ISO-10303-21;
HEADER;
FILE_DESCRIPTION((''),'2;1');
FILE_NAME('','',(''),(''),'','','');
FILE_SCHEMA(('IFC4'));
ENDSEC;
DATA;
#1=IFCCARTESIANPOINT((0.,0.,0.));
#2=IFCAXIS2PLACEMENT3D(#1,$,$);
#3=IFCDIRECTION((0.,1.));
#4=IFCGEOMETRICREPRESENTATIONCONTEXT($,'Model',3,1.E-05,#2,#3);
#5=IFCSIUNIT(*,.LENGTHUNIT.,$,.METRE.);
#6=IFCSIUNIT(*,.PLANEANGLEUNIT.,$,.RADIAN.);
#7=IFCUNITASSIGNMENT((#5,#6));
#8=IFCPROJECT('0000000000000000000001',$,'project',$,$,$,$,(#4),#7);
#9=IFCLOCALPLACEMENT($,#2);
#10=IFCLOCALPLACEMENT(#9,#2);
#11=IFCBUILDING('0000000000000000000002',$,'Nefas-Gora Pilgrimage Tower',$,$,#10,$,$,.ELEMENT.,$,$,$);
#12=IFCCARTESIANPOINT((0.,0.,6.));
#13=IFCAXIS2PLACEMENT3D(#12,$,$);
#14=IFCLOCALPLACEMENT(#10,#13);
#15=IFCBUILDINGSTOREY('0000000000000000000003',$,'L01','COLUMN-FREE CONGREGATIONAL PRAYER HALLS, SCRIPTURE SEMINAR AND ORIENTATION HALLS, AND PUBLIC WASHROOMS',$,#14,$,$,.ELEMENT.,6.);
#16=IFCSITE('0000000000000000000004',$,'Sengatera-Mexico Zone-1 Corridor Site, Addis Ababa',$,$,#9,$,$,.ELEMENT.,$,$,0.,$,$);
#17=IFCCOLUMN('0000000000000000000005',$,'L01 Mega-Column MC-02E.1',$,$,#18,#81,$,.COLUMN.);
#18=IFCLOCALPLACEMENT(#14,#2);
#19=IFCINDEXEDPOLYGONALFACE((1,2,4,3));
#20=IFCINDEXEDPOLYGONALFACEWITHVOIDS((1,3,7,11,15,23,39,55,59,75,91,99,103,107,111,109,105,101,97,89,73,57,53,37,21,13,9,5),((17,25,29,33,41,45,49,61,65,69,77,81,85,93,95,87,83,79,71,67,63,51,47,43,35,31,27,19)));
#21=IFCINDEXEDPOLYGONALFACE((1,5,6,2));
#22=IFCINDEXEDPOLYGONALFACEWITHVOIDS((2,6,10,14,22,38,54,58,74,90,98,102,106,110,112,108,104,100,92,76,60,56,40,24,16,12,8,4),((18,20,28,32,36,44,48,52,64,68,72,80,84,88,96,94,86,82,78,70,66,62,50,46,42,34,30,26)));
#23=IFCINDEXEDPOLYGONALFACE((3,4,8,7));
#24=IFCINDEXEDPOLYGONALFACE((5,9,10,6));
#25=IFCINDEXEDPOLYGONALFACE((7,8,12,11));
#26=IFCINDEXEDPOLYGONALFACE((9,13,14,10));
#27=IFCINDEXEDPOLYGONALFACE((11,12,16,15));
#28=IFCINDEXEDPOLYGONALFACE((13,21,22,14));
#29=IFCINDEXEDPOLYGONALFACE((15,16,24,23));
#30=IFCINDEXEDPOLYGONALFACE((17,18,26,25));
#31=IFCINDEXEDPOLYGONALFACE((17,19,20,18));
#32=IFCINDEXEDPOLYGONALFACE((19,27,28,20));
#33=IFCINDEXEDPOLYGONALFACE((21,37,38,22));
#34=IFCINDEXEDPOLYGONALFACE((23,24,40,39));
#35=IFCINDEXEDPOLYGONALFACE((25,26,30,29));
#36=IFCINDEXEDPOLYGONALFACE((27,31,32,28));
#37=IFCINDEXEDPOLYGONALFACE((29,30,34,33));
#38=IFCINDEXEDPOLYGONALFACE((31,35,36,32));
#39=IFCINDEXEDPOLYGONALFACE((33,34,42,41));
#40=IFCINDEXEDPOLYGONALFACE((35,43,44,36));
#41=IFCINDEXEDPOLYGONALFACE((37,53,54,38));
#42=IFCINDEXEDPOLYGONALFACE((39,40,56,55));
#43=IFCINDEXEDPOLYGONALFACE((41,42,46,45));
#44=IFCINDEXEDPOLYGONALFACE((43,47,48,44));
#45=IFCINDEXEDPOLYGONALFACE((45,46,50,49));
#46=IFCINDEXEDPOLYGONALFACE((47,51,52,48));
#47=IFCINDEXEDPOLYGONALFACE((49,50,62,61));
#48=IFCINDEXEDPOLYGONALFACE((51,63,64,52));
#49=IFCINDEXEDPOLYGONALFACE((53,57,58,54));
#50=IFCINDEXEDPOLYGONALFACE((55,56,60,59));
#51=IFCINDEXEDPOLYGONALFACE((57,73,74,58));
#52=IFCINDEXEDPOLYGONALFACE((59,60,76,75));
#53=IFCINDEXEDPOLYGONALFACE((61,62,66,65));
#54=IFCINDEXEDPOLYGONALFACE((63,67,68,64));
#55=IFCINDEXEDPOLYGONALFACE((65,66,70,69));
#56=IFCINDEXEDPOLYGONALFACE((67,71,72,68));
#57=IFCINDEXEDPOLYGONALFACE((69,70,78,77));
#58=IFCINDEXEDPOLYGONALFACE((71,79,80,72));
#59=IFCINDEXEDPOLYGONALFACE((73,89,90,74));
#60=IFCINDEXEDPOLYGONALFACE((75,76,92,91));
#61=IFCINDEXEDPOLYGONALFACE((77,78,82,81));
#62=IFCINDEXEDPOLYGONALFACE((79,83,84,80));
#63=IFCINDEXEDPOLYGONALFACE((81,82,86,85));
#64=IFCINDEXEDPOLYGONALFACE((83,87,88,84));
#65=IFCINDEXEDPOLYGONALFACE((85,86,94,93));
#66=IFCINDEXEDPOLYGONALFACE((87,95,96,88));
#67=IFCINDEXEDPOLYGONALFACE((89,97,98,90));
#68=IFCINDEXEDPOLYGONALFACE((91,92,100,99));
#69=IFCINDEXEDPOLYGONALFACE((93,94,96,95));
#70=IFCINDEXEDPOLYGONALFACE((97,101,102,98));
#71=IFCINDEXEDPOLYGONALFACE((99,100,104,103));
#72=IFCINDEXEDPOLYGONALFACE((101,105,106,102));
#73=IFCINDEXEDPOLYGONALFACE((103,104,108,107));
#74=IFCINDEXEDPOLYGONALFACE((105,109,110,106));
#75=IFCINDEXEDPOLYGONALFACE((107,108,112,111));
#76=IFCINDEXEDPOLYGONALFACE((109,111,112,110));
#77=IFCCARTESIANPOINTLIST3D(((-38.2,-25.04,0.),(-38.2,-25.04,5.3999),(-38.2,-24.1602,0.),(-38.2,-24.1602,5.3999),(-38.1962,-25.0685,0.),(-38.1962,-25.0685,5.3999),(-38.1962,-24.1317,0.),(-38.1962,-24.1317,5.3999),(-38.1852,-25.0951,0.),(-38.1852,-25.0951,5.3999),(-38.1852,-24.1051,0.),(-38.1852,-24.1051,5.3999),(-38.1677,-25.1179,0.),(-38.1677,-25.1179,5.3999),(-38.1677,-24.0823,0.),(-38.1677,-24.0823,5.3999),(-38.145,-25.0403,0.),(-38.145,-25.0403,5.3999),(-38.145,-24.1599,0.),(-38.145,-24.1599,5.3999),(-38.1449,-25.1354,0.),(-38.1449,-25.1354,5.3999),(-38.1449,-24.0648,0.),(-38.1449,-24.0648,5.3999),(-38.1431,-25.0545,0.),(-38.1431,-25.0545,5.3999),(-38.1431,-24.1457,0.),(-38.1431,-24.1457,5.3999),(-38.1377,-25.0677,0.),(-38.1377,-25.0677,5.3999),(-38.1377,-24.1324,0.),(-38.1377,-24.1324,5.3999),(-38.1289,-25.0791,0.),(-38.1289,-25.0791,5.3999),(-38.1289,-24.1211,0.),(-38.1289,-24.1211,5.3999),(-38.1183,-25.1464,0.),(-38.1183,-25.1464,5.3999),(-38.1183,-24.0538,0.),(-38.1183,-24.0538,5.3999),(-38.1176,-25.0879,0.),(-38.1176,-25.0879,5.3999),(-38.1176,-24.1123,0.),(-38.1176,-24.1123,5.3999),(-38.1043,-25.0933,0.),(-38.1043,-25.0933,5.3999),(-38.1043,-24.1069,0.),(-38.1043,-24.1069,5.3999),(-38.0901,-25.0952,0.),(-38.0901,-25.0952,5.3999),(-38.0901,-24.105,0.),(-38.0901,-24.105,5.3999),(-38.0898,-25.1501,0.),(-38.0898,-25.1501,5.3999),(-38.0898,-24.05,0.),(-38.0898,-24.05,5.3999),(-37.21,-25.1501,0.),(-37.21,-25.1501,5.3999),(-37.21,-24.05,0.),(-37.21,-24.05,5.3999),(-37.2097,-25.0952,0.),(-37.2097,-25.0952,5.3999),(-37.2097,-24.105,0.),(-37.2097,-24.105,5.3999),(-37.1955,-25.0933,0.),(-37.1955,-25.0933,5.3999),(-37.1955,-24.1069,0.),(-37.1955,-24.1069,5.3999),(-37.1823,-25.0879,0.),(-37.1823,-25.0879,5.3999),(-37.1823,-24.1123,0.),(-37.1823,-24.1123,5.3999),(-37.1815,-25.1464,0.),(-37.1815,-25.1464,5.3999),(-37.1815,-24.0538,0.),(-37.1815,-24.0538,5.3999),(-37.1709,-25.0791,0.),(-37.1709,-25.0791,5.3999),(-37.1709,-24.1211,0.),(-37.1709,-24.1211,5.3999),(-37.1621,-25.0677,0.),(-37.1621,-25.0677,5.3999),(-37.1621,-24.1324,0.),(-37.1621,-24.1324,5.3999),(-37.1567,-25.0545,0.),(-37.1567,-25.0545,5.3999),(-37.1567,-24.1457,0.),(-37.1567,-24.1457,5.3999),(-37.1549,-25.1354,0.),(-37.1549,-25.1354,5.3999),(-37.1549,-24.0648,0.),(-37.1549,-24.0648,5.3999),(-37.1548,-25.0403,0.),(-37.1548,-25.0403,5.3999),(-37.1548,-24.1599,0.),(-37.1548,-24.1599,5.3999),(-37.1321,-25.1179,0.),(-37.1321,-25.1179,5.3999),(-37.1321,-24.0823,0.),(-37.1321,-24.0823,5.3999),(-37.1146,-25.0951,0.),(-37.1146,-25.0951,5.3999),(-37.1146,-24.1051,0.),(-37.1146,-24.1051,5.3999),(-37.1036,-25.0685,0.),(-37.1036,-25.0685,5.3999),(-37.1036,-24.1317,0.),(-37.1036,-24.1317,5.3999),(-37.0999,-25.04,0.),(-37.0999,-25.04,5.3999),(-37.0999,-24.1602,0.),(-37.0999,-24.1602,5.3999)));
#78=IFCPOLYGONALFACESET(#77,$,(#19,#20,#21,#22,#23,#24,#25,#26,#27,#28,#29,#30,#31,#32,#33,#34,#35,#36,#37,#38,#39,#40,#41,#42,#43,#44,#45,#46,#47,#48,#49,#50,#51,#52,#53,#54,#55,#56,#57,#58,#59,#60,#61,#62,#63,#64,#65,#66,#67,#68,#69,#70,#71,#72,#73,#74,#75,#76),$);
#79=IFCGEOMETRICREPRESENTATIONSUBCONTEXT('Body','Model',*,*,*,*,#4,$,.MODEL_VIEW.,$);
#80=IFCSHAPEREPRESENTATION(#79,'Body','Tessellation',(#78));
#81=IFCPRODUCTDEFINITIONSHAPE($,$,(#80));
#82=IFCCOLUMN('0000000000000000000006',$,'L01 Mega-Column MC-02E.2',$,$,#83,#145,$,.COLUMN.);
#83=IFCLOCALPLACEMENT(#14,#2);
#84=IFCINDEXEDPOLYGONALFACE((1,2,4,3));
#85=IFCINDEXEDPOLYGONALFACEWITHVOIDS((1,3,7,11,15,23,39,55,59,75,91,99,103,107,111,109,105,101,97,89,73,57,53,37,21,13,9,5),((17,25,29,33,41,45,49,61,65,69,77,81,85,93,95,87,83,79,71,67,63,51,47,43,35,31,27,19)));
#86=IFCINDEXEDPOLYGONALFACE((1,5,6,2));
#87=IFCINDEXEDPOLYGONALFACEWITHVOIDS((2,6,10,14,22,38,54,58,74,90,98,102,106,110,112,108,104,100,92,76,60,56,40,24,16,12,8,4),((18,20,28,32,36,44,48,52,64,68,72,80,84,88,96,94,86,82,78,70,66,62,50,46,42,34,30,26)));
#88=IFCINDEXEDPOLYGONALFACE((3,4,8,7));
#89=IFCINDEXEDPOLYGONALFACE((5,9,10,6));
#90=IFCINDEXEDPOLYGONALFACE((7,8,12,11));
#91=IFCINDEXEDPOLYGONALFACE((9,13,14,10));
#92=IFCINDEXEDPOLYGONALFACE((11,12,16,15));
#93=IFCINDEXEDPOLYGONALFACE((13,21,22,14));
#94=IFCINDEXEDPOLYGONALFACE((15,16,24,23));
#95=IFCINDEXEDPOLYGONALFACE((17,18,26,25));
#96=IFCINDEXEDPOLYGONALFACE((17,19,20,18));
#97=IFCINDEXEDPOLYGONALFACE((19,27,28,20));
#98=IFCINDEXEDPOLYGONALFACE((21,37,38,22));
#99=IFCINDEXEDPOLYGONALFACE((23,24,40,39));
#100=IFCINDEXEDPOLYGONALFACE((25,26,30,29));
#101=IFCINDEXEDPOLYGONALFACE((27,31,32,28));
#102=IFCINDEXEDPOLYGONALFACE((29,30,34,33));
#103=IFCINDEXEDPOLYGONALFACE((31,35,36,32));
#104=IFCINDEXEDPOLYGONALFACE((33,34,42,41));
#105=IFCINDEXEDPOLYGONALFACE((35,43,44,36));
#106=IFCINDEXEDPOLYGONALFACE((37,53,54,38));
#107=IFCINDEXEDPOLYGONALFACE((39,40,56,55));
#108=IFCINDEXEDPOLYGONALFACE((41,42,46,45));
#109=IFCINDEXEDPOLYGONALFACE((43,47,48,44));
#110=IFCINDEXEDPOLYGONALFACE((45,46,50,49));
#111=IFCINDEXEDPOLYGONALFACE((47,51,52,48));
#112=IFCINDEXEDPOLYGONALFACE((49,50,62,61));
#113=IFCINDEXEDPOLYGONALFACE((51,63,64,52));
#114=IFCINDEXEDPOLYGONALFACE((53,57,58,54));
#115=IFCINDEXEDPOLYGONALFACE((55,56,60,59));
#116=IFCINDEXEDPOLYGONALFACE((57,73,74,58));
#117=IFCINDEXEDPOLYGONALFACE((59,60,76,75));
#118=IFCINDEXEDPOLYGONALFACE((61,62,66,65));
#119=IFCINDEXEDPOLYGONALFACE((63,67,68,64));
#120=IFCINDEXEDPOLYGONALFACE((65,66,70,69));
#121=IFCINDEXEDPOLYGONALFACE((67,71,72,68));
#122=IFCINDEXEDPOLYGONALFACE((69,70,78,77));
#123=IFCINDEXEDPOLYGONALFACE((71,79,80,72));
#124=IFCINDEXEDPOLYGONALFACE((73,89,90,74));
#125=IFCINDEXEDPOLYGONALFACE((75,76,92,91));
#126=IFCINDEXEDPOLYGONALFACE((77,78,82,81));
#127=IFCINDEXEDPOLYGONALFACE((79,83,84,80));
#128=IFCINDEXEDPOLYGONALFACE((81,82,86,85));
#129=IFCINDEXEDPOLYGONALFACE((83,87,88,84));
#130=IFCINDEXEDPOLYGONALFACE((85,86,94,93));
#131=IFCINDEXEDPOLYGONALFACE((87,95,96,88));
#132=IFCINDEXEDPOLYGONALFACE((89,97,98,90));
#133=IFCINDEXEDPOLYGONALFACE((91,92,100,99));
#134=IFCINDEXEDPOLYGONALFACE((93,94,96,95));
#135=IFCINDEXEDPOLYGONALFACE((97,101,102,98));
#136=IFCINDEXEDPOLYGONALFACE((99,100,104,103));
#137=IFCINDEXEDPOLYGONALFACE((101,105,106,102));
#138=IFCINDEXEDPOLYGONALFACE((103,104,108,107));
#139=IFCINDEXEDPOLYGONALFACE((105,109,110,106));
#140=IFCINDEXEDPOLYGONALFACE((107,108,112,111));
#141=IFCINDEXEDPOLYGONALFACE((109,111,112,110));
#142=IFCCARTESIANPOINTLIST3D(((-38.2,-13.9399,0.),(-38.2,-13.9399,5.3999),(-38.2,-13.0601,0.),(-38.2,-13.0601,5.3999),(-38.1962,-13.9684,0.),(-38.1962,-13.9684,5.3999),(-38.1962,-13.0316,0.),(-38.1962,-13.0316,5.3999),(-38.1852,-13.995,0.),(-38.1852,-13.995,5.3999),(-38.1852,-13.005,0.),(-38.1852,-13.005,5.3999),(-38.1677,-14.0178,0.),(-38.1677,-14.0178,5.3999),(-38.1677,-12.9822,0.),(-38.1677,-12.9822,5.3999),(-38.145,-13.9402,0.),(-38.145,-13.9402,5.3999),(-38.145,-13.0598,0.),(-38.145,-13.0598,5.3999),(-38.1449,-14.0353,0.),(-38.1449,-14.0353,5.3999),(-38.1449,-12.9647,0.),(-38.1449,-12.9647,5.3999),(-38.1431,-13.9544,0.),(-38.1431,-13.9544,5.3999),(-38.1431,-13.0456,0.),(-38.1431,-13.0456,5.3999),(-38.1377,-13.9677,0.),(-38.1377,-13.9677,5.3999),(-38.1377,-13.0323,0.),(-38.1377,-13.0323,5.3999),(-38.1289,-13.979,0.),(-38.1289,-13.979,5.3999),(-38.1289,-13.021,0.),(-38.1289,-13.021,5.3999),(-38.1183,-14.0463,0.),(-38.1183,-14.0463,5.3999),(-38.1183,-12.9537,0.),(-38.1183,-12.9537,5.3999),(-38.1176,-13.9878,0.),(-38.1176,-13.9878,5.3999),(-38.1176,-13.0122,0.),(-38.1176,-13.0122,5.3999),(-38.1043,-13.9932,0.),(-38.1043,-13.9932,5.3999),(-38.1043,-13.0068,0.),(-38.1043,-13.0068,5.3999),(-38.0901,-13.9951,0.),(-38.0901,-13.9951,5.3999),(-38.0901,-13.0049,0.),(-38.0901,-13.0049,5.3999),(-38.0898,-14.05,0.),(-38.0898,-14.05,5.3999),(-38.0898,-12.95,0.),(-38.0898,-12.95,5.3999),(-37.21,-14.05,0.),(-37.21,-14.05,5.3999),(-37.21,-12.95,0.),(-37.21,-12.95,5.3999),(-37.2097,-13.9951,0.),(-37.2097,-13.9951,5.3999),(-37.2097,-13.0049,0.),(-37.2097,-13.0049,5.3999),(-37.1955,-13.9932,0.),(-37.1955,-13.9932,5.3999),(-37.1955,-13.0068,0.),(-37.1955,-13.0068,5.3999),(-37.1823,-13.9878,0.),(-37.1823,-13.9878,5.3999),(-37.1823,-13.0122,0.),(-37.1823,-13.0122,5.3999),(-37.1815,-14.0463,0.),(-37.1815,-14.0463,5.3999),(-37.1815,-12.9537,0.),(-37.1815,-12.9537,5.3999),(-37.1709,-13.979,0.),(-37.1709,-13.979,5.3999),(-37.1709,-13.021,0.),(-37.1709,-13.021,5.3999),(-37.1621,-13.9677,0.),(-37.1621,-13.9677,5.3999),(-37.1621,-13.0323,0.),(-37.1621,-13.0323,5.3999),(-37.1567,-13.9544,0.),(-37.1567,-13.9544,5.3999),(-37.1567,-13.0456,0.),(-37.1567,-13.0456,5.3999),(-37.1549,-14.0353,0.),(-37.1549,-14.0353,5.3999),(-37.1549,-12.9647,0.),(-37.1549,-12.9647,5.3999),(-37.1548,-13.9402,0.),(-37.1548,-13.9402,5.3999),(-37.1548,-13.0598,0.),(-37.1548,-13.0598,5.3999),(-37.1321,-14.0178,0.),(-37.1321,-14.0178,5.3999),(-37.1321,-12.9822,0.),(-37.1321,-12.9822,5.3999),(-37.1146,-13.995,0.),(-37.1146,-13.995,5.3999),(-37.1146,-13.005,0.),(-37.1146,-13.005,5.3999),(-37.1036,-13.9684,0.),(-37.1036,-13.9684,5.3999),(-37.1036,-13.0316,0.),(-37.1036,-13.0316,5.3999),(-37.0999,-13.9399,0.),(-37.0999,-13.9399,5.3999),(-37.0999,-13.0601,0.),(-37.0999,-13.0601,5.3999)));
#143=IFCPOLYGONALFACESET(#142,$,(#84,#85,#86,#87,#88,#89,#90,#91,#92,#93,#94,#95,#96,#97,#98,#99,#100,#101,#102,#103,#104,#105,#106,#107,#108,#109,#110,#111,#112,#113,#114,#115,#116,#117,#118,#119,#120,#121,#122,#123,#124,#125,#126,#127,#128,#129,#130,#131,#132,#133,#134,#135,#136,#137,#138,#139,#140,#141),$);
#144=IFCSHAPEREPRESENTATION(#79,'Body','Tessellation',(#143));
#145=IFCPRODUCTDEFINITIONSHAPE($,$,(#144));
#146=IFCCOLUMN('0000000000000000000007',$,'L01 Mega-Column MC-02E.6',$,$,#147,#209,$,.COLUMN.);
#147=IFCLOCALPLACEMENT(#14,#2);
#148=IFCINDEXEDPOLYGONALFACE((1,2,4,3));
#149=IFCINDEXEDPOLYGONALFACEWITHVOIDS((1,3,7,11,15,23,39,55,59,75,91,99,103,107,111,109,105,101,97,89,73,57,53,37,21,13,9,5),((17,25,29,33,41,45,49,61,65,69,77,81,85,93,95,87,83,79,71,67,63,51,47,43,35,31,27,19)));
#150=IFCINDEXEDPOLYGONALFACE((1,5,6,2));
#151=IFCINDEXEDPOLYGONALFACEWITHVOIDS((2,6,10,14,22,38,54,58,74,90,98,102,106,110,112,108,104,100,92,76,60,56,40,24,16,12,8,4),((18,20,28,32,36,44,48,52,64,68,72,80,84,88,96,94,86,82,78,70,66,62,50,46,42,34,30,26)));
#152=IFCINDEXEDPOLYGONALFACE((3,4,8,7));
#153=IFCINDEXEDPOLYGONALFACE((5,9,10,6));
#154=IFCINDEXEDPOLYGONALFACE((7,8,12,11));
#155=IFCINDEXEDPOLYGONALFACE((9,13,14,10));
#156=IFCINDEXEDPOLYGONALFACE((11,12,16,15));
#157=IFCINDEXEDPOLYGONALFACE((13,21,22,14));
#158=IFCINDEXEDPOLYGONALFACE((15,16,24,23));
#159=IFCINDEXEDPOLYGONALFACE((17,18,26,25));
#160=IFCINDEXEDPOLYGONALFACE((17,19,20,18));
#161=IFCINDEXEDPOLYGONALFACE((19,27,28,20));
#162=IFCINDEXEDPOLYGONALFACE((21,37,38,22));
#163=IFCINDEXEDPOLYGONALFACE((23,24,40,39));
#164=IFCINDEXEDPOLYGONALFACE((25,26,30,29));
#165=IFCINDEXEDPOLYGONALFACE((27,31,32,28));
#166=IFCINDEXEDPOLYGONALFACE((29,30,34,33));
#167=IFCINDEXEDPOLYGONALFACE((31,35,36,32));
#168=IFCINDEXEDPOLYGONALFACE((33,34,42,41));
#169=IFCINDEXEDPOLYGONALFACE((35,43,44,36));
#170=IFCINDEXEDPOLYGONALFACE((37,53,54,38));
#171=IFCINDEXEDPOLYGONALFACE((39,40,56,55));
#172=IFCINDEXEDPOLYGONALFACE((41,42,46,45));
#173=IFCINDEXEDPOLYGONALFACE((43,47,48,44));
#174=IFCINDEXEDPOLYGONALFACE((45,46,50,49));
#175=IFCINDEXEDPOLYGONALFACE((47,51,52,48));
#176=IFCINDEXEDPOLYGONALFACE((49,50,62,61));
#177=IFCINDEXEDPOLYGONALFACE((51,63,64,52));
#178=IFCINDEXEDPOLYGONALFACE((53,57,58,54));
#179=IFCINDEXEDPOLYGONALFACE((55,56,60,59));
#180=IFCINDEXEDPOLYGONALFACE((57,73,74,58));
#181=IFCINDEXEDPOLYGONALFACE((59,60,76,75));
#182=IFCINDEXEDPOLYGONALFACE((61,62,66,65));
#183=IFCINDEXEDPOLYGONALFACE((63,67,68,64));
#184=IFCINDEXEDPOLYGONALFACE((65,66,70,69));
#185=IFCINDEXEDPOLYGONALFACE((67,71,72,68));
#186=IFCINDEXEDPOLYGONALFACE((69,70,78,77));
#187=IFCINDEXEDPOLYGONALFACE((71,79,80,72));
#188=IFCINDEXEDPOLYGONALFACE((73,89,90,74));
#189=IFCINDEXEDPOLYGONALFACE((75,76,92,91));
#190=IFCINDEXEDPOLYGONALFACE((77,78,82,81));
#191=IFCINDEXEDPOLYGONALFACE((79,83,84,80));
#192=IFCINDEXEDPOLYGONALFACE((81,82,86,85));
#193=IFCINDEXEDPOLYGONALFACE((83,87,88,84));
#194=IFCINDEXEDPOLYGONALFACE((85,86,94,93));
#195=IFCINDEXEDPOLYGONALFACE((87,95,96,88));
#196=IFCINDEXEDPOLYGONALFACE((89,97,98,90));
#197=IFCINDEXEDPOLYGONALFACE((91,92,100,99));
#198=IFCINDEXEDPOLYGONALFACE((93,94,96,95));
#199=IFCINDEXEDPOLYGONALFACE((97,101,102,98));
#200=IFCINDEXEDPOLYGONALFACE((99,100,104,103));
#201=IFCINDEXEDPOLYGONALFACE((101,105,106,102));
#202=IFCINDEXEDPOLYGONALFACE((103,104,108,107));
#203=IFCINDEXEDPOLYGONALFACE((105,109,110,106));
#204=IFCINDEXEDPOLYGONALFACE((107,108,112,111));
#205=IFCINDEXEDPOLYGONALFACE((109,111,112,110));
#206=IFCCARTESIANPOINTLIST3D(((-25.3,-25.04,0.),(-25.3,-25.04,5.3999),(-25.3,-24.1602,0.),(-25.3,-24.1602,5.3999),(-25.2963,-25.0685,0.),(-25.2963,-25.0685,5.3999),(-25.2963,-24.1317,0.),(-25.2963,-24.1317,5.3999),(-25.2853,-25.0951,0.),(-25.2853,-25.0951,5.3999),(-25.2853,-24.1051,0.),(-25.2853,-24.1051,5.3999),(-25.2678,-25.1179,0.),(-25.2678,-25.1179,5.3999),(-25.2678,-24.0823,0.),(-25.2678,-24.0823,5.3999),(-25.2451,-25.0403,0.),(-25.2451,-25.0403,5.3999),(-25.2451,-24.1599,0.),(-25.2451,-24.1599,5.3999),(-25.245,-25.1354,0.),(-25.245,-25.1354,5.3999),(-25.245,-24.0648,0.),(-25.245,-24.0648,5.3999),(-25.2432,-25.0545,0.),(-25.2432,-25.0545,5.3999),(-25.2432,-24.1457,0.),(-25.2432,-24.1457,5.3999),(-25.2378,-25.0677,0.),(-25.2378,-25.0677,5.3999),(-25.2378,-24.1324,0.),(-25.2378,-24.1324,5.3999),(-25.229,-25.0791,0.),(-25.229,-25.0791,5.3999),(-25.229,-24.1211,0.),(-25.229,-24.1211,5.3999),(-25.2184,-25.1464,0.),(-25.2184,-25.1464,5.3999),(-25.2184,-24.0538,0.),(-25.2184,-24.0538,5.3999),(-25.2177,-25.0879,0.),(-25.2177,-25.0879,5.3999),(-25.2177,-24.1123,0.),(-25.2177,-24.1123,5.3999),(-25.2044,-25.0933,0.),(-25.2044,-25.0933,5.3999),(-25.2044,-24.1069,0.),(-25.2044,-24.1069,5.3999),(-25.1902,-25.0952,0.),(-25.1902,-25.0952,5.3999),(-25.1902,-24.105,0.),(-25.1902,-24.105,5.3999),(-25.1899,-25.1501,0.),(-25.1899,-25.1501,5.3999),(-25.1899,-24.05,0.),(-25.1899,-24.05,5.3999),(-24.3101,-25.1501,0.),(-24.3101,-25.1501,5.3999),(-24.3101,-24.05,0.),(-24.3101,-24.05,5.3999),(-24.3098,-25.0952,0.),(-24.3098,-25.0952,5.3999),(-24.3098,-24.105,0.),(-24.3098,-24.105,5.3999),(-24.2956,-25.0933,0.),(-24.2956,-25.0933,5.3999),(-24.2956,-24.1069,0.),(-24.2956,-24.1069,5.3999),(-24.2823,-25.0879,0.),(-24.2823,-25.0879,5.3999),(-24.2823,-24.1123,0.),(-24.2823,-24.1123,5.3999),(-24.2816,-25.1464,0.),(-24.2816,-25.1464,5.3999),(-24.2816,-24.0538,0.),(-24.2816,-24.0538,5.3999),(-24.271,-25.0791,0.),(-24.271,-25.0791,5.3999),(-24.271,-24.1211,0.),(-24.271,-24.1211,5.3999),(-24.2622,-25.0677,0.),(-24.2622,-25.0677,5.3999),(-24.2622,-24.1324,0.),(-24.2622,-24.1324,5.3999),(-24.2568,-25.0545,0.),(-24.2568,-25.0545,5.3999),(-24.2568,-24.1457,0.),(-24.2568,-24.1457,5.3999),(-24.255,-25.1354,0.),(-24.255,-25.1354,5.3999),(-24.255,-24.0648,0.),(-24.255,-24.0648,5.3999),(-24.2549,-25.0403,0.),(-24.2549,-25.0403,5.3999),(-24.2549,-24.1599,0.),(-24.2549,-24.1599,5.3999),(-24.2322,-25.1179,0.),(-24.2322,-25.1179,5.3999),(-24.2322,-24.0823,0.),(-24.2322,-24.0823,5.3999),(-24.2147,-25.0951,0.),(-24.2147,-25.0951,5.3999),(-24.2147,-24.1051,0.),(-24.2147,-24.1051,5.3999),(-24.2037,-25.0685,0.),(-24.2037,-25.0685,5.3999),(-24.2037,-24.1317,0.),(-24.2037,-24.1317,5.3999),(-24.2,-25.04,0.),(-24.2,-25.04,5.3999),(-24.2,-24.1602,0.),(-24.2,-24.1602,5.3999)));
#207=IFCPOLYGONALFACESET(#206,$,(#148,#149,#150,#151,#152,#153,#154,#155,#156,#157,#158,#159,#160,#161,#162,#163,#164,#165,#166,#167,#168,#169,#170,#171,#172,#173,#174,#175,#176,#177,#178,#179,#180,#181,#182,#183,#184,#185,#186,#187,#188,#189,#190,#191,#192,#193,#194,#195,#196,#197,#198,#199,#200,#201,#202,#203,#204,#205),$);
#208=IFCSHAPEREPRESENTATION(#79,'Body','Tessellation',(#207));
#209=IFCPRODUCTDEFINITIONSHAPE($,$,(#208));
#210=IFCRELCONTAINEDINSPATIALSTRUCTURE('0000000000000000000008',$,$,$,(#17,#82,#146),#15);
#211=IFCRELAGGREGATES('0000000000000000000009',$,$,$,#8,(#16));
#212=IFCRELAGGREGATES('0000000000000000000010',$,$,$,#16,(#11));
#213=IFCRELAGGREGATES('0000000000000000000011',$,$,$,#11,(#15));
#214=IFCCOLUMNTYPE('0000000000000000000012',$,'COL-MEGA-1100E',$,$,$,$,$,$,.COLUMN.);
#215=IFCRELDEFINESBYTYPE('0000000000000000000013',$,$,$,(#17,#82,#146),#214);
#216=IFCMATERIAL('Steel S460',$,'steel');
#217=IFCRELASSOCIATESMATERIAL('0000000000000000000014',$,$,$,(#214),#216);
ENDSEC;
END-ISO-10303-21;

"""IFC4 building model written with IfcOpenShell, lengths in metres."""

from ifc_helpers import new_model, si_unit, direction, frame, origin, origin_2d, place, context, subcontext, project, spatial, hollow_rectangle, extrude, source, transform, mapped, material, material_profile, profile_set, type_object, element, save


model = new_model("IFC4")

# Units and contexts
model_context = context("Model", 3, precision=1e-05, world=origin(), true_north=direction((0.0, 1.0)))
body_context = subcontext(model_context, "Body", "Model", "MODEL_VIEW")
ifc_project = project(units=[si_unit("LENGTHUNIT", "METRE"), si_unit("PLANEANGLEUNIT", "RADIAN")], contexts=[model_context])

# Site, building, storey
site_placement = place(None, origin())
site = spatial("IfcSite", under=ifc_project, at=site_placement, Name="Sengatera-Mexico Zone-1 Corridor Site, Addis Ababa", CompositionType="ELEMENT", RefElevation=0.0)
building_placement = place(site_placement, origin())
building = spatial("IfcBuilding", under=site, at=building_placement, Name="Nefas-Gora Pilgrimage Tower", CompositionType="ELEMENT")
storey_placement = place(building_placement, frame((0.0, 0.0, 6.0)))
storey = spatial("IfcBuildingStorey", under=building, at=storey_placement, Name="L01", Description="COLUMN-FREE CONGREGATIONAL PRAYER HALLS, SCRIPTURE SEMINAR AND ORIENTATION HALLS, AND PUBLIC WASHROOMS", CompositionType="ELEMENT", Elevation=6.0)

# Columns
ifc_material_1 = material(Name="Steel S460", Category="steel")
ifc_material_profile_1 = material_profile(ifc_material_1, hollow_rectangle(XDim=1.1001, YDim=1.1001, WallThickness=0.0549, InnerFilletRadius=0.0549, OuterFilletRadius=0.1101, at=origin_2d()), Name="BOX 1100x1100x55")
ifc_profile_set_1 = profile_set([ifc_material_profile_1], Name="Steel S460")
column_type_1 = type_object("IfcColumnType", Name="COL-MEGA-1100E", PredefinedType="COLUMN", material=ifc_profile_set_1)
shared_shape_1 = source(origin(), body_context, "Body", "SweptSolid", [
    extrude(hollow_rectangle(XDim=1.1001, YDim=1.1001, WallThickness=0.0549, InnerFilletRadius=0.0549, OuterFilletRadius=0.1101, at=origin_2d()), origin(), (0.0, 0.0, 1.0), 5.3999),
])
for number, where, z_axis, x_axis, name in (
    (1, (-37.6499, -24.6001, 0.0), (0.0, 0.0, 1.0), (1.0, 0.0, 0.0), "L01 Mega-Column MC-02E.1"),
    (2, (-37.6499, -13.5, 0.0), (0.0, 0.0, 1.0), (1.0, 0.0, 0.0), "L01 Mega-Column MC-02E.2"),
    (3, (-24.75, -24.6001, 0.0), (0.0, 0.0, 1.0), (1.0, 0.0, 0.0), "L01 Mega-Column MC-02E.6"),
):
    element("IfcColumn", number, at=place(storey_placement, frame(where, z_axis=z_axis, x_axis=x_axis)), inside=storey, type_object=column_type_1, Name=name, PredefinedType="COLUMN", context=body_context, shape_type="MappedRepresentation", body=[
        mapped(shared_shape_1, transform((0.0, 0.0, 0.0), x_axis=(1.0, 0.0, 0.0), y_axis=(0.0, 1.0, 0.0), z_axis=(0.0, 0.0, 1.0), scale=1.0)),
    ])

save(model, "model.ifc")
